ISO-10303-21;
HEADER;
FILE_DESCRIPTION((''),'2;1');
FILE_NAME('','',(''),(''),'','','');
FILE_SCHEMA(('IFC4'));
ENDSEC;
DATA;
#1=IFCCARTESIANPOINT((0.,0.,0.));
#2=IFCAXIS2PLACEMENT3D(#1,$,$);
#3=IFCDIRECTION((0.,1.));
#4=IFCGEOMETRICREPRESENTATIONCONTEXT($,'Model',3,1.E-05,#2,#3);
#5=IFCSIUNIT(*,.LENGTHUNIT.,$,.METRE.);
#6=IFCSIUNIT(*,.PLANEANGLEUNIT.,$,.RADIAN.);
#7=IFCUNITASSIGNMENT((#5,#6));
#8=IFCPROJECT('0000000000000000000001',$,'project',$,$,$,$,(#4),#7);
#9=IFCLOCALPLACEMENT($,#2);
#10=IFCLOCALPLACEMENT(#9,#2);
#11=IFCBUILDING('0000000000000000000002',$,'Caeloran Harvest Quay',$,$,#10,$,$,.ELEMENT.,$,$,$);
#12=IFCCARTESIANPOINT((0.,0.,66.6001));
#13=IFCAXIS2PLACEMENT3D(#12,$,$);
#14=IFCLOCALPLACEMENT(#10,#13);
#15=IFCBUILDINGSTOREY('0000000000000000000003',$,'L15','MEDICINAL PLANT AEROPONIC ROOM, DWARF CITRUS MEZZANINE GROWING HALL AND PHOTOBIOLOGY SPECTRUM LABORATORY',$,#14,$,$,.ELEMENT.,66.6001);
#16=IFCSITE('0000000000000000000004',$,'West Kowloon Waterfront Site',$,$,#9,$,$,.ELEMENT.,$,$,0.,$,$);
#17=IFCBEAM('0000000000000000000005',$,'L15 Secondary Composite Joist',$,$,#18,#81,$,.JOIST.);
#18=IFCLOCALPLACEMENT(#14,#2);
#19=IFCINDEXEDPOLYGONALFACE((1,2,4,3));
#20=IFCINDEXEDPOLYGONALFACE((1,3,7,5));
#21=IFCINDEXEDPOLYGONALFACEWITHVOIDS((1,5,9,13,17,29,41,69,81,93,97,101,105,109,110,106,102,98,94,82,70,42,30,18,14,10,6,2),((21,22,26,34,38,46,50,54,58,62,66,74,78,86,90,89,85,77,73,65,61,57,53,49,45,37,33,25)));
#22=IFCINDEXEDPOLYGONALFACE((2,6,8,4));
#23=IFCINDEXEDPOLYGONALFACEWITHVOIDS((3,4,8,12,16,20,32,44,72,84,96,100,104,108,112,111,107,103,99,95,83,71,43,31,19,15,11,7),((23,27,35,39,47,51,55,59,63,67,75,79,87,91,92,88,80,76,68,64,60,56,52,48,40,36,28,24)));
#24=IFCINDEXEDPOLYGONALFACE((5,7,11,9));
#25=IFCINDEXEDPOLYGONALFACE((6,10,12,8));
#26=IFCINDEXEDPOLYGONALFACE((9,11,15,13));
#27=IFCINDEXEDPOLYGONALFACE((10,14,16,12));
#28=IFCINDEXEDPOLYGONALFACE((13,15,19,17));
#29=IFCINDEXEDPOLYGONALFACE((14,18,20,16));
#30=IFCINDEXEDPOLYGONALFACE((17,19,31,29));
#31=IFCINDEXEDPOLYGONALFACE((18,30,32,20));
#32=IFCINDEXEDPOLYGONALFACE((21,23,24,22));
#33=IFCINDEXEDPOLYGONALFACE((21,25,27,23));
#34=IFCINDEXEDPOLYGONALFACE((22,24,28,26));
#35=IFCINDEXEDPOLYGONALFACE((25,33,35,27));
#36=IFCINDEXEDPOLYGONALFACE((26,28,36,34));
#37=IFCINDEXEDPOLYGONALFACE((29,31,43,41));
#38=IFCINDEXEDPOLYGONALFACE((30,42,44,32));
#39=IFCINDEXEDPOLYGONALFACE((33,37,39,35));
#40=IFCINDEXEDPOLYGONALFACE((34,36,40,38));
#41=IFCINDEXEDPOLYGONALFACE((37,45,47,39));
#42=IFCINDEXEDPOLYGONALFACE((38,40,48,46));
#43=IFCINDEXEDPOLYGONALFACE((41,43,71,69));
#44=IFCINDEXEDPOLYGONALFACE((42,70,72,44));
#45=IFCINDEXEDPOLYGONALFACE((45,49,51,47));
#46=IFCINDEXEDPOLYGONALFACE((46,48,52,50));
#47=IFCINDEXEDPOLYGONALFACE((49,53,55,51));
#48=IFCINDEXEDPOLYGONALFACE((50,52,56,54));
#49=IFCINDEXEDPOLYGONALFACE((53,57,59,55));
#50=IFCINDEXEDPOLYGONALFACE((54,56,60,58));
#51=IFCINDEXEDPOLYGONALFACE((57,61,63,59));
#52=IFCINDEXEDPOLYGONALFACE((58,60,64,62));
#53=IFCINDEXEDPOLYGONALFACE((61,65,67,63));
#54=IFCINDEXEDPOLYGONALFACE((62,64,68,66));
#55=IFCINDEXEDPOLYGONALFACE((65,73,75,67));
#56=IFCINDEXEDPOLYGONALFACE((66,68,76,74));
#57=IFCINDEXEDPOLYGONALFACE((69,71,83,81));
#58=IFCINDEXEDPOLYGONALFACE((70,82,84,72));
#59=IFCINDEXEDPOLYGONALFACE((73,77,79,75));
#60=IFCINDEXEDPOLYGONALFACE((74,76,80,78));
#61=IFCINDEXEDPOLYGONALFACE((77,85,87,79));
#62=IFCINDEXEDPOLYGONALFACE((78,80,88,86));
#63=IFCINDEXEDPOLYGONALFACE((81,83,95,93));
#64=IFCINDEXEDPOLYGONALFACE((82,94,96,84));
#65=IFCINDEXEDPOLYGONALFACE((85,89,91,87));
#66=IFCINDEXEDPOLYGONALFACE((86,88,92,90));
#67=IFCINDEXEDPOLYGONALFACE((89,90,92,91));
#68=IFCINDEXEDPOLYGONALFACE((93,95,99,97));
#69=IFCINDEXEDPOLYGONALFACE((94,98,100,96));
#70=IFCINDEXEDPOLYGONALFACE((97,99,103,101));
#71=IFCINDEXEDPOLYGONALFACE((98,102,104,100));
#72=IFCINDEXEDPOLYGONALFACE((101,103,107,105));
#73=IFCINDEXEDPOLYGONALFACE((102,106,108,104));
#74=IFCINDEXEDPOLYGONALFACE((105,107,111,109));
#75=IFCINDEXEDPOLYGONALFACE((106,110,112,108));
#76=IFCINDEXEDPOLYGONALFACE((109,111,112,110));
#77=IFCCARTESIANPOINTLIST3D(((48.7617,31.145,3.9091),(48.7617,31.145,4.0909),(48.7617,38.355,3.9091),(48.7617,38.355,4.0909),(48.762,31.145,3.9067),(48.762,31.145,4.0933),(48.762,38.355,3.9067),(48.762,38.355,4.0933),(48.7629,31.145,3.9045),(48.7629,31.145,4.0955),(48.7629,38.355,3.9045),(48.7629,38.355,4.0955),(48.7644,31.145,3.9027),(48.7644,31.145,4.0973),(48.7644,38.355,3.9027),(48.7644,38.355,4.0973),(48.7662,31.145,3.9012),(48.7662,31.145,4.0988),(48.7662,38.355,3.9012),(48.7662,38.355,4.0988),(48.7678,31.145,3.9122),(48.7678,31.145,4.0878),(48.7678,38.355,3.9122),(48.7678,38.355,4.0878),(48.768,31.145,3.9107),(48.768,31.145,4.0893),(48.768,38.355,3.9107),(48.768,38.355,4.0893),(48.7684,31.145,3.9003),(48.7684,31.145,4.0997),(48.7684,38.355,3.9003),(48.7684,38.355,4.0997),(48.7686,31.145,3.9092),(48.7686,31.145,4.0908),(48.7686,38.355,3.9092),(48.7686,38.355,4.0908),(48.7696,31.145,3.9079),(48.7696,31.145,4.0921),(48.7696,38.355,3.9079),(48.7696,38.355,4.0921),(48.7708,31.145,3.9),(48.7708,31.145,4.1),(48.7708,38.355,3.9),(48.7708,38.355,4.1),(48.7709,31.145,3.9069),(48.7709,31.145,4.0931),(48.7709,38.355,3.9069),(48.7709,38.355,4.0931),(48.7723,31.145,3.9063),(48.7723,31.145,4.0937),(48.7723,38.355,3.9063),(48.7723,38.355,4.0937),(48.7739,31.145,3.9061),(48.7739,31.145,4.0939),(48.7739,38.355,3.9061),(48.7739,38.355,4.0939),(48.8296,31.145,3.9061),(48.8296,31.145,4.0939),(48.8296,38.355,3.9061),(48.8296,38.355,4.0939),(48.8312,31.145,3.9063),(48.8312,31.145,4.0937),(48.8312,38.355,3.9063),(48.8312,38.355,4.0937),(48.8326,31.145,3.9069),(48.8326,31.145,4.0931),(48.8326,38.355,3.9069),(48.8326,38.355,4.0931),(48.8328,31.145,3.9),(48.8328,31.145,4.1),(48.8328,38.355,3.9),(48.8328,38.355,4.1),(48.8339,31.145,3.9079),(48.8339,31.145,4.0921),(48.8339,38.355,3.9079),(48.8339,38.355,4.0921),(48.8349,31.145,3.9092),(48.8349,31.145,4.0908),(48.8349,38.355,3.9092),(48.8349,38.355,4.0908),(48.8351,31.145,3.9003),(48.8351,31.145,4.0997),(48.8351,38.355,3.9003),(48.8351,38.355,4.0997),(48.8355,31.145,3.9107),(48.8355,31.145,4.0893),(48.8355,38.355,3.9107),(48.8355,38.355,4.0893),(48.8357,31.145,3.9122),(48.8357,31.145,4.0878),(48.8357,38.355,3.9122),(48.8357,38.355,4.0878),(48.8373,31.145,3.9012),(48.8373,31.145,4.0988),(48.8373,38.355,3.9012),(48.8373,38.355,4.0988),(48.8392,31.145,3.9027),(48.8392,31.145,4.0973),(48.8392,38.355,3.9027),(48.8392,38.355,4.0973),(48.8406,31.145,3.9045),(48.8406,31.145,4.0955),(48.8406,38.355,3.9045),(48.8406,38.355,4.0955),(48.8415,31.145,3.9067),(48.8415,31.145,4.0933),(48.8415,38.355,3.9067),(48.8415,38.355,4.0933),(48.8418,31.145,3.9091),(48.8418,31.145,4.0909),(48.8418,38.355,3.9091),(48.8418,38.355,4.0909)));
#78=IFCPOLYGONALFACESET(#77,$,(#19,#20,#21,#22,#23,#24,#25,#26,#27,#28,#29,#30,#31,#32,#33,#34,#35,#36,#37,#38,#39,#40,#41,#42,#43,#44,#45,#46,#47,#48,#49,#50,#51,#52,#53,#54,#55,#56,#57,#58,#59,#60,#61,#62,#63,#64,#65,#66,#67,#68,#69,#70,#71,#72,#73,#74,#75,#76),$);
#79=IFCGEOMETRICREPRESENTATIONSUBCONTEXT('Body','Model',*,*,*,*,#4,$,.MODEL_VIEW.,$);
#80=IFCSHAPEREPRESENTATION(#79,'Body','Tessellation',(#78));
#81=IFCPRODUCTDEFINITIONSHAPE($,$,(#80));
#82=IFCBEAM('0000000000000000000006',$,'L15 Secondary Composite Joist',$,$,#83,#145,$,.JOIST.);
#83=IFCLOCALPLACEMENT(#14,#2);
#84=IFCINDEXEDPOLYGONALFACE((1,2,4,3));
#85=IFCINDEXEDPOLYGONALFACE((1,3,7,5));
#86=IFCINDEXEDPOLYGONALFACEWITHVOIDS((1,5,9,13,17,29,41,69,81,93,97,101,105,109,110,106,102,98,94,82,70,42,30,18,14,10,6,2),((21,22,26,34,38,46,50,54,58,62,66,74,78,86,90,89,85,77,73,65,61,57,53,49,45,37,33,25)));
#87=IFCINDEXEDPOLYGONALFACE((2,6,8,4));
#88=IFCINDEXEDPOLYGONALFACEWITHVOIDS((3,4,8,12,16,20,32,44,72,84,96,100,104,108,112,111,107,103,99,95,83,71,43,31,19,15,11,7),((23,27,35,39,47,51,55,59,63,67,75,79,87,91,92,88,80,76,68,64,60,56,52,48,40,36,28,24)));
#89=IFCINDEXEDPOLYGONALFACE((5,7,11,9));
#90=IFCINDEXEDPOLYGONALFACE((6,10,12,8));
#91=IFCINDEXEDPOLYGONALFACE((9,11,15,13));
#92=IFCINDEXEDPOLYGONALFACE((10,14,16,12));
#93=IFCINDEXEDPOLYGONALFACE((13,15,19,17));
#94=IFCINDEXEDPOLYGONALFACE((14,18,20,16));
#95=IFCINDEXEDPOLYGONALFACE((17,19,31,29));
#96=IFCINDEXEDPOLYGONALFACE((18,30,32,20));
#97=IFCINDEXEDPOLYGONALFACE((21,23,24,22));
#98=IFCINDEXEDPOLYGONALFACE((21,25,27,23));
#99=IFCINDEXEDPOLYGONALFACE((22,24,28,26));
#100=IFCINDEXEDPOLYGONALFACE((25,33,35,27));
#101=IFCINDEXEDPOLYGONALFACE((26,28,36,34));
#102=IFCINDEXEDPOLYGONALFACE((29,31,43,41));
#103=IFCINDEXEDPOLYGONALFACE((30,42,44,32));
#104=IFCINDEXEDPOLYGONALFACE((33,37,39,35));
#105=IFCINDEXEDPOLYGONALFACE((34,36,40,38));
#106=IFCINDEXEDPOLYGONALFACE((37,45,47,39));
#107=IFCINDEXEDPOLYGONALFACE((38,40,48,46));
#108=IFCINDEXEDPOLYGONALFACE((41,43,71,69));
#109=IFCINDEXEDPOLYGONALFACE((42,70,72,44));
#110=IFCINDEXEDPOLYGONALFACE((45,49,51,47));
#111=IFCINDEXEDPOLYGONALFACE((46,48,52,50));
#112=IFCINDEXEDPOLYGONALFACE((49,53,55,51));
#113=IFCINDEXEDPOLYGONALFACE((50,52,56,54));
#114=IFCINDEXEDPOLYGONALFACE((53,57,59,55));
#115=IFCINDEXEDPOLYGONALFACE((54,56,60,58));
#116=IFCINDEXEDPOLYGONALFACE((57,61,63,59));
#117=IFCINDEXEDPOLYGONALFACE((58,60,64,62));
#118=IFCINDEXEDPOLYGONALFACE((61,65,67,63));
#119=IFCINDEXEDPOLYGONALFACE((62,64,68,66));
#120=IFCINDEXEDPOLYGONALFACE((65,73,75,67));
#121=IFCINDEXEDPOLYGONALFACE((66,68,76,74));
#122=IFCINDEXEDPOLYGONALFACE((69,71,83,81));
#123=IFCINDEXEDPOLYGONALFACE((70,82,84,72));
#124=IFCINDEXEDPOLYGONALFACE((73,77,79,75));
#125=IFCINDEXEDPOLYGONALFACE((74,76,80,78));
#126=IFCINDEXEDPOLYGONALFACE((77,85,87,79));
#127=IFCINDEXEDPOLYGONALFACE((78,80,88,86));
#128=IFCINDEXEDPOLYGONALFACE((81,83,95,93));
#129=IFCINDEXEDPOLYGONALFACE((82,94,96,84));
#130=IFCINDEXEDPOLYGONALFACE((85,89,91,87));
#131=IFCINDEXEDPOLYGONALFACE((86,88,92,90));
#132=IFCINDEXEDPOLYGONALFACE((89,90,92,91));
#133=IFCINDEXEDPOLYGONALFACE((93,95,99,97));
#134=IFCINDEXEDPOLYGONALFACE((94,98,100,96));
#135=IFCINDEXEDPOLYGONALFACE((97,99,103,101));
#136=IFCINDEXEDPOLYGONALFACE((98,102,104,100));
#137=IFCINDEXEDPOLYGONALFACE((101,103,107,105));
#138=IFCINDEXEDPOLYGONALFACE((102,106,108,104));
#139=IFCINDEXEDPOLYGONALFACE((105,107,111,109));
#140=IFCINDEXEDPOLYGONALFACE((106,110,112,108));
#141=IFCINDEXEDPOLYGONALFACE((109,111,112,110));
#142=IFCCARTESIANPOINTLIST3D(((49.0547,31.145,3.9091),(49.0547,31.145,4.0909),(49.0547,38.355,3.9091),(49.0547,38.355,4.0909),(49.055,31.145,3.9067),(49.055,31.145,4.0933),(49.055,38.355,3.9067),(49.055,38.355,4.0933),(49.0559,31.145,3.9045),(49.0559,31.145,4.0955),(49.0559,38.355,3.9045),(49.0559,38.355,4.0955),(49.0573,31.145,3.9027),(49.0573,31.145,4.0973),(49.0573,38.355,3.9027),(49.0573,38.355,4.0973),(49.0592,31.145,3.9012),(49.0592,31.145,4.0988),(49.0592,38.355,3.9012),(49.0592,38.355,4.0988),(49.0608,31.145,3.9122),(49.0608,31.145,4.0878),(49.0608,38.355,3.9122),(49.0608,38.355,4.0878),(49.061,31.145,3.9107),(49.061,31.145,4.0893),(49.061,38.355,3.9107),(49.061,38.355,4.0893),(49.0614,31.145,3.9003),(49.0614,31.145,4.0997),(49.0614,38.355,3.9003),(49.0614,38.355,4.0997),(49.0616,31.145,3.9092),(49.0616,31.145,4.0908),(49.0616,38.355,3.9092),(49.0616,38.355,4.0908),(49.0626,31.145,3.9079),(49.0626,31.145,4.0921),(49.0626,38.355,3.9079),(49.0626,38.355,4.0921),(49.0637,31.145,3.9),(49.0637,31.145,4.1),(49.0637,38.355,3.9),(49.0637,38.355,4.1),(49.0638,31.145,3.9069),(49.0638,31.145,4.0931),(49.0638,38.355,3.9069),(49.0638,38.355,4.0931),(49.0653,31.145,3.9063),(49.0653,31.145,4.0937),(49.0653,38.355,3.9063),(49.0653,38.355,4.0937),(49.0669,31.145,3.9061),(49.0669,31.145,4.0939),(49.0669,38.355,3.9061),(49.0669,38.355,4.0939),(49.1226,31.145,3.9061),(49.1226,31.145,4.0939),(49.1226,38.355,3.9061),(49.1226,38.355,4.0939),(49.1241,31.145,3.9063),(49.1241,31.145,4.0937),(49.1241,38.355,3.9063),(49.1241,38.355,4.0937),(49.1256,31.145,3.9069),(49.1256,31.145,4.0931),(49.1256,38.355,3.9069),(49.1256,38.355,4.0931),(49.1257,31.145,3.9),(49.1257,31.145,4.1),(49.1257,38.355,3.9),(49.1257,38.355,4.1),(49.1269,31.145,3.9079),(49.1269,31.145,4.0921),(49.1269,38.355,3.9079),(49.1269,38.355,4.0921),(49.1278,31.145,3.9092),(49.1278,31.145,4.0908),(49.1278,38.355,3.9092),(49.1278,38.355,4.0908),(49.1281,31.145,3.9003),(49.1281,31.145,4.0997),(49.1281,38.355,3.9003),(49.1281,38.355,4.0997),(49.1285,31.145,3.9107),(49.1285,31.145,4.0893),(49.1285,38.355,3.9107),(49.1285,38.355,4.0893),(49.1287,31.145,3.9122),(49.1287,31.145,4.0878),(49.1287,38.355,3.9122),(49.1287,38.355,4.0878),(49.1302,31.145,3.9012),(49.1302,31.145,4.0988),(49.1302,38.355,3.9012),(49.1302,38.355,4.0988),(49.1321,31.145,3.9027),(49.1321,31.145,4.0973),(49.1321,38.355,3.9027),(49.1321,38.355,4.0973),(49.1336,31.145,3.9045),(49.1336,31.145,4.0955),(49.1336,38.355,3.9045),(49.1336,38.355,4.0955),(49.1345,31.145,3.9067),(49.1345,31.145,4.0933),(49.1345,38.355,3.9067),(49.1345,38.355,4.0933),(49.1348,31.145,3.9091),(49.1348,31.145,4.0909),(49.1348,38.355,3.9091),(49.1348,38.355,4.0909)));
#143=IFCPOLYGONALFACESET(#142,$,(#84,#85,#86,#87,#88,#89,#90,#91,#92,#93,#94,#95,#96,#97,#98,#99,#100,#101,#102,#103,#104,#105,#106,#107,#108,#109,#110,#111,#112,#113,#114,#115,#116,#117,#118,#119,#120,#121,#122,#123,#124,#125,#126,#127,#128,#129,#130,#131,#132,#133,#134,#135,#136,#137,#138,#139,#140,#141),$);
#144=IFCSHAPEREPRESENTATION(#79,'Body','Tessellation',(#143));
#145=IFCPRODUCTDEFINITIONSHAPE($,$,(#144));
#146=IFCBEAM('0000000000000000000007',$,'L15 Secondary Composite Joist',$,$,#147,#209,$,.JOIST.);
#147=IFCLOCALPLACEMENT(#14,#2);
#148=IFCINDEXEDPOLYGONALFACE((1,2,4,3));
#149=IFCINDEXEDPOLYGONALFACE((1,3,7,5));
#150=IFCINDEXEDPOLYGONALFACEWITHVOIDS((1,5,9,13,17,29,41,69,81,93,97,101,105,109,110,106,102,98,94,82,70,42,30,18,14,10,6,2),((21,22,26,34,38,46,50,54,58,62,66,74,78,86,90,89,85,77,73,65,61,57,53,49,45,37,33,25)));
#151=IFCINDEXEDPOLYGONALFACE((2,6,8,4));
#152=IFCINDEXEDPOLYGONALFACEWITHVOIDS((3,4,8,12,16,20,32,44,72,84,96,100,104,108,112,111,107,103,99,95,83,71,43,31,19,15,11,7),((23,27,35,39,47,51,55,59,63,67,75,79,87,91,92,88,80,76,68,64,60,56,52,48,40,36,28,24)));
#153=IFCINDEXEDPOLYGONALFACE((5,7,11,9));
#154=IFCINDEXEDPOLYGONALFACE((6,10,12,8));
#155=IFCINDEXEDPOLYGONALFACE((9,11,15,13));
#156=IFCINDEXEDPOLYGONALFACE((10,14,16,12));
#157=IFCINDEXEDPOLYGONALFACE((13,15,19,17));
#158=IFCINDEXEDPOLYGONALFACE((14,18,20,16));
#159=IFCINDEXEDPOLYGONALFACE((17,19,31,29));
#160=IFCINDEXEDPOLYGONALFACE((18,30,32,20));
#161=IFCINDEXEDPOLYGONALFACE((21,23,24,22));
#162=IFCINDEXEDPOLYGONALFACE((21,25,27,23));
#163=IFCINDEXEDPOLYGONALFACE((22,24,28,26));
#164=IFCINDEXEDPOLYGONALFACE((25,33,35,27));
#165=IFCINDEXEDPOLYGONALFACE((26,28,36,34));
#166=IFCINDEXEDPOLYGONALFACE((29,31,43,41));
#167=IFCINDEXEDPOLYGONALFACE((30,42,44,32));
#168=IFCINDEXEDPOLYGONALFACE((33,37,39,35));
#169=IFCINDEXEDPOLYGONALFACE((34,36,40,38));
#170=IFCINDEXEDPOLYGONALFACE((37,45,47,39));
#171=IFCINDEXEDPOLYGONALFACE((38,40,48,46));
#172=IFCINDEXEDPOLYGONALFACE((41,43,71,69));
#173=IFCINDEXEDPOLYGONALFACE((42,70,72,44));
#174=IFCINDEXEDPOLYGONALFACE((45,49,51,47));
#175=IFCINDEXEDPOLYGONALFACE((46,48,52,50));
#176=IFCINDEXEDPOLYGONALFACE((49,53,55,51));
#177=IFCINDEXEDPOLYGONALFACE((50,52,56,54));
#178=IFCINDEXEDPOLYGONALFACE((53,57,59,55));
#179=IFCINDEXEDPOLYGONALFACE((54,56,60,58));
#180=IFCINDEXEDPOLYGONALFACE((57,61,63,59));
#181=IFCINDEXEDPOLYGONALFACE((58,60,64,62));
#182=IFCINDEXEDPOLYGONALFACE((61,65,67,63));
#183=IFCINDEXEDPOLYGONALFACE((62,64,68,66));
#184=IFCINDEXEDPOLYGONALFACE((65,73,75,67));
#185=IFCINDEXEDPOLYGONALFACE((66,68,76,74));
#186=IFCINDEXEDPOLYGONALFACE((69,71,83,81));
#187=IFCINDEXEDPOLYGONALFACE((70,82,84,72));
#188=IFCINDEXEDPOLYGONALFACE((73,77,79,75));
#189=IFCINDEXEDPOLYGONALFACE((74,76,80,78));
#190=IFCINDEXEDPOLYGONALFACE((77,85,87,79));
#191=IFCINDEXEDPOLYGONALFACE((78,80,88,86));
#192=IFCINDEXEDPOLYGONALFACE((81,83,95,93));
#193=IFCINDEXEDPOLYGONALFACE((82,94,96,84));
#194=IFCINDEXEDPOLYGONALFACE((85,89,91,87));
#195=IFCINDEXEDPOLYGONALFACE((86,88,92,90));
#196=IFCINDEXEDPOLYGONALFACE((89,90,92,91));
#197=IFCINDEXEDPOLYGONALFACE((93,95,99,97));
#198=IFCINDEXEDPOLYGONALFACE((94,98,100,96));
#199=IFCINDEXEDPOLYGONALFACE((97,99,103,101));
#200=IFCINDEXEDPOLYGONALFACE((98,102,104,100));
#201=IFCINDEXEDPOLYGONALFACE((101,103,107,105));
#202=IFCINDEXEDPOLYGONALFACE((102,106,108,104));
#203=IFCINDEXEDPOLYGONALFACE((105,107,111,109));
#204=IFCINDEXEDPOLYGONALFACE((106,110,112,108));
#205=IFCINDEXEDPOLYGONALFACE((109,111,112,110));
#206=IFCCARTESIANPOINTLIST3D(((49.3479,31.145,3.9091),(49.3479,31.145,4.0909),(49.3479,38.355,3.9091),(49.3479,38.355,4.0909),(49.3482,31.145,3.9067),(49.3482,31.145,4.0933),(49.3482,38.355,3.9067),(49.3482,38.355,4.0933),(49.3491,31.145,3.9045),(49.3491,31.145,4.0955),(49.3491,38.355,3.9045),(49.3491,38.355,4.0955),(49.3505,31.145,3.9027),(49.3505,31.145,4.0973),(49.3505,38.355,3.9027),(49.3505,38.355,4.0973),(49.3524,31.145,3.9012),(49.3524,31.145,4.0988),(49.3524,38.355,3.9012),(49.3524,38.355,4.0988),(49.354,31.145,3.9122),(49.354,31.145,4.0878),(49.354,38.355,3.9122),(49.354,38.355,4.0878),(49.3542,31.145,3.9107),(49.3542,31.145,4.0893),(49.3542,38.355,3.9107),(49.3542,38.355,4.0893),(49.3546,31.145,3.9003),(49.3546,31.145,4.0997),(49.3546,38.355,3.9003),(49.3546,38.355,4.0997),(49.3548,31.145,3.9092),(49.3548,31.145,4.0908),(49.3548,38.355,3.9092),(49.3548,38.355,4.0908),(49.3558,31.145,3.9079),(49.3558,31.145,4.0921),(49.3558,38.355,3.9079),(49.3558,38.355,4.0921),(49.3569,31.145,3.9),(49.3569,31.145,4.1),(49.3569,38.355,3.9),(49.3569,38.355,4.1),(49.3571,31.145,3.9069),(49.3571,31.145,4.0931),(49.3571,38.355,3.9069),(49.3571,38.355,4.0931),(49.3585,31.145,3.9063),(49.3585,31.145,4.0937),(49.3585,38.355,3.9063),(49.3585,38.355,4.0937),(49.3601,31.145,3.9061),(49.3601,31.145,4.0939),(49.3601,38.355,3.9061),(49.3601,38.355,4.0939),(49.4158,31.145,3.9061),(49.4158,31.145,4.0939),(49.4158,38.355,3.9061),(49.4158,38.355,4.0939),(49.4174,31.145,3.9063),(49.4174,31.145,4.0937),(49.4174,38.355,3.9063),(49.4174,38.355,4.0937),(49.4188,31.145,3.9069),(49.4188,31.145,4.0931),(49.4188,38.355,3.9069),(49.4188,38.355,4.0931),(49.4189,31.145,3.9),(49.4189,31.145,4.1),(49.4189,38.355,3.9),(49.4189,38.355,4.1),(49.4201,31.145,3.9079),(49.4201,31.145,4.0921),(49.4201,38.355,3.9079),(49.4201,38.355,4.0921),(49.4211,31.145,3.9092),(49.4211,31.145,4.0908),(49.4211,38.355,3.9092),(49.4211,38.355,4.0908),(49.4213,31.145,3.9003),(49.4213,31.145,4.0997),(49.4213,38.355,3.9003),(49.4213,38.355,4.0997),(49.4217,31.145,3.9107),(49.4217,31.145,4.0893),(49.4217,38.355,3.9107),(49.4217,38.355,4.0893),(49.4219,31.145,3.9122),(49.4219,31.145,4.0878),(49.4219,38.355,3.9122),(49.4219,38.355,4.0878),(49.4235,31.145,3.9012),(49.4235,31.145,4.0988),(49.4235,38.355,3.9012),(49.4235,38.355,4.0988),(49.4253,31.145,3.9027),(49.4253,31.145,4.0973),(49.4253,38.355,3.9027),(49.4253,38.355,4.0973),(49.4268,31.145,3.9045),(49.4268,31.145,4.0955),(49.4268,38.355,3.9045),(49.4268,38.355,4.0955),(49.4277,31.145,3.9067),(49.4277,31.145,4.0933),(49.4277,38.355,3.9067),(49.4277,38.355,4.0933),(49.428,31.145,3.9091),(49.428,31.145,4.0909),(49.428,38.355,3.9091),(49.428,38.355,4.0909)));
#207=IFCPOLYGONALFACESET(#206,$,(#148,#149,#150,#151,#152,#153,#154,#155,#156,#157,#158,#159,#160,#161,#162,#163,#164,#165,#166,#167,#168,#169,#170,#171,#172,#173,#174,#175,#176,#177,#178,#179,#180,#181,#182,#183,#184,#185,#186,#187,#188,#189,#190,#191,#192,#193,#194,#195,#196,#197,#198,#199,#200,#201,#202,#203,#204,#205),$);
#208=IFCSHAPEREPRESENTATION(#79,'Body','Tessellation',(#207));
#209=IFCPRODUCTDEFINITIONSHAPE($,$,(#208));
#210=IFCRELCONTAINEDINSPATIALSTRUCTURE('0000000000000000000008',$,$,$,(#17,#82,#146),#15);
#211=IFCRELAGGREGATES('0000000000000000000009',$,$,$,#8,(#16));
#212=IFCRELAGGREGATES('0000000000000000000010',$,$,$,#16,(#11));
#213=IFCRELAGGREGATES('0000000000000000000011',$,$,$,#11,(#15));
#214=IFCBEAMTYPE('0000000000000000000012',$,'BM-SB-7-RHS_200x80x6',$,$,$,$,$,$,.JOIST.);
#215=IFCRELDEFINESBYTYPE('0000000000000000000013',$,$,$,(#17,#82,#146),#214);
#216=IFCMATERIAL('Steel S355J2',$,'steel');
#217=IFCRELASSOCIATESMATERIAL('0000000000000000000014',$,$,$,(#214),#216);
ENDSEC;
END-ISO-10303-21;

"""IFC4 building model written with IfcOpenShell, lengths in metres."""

from ifc_helpers import new_model, si_unit, direction, frame, origin, origin_2d, place, context, subcontext, project, spatial, hollow_rectangle, extrude, material, material_profile, profile_set, type_object, element, save


model = new_model("IFC4")

# Units and contexts
model_context = context("Model", 3, precision=1e-05, world=origin(), true_north=direction((0.0, 1.0)))
body_context = subcontext(model_context, "Body", "Model", "MODEL_VIEW")
ifc_project = project(units=[si_unit("LENGTHUNIT", "METRE"), si_unit("PLANEANGLEUNIT", "RADIAN")], contexts=[model_context])

# Site, building, storey
site_placement = place(None, origin())
site = spatial("IfcSite", under=ifc_project, at=site_placement, Name="West Kowloon Waterfront Site", CompositionType="ELEMENT", RefElevation=0.0)
building_placement = place(site_placement, origin())
building = spatial("IfcBuilding", under=site, at=building_placement, Name="Caeloran Harvest Quay", CompositionType="ELEMENT")
storey_placement = place(building_placement, frame((0.0, 0.0, 66.6001)))
storey = spatial("IfcBuildingStorey", under=building, at=storey_placement, Name="L15", Description="MEDICINAL PLANT AEROPONIC ROOM, DWARF CITRUS MEZZANINE GROWING HALL AND PHOTOBIOLOGY SPECTRUM LABORATORY", CompositionType="ELEMENT", Elevation=66.6001)

# Beams
ifc_material_1 = material(Name="Steel S355J2", Category="steel")
ifc_material_profile_1 = material_profile(ifc_material_1, hollow_rectangle(XDim=0.0801, YDim=0.2, WallThickness=0.0061, InnerFilletRadius=0.0061, OuterFilletRadius=0.009, at=origin_2d()), Name="RHS 200x80x6")
ifc_profile_set_1 = profile_set([ifc_material_profile_1], Name="Steel S355J2")
beam_type_1 = type_object("IfcBeamType", Name="BM-SB-7-RHS_200x80x6", PredefinedType="JOIST", material=ifc_profile_set_1)
for number, where, z_axis, x_axis, name in (
    (1, (48.8018, 31.145, 4.0), (0.0, 1.0, 0.0), (-1.0, 0.0, 0.0), "L15 Secondary Composite Joist"),
    (2, (49.0947, 31.145, 4.0), (0.0, 1.0, 0.0), (-1.0, 0.0, 0.0), "L15 Secondary Composite Joist"),
    (3, (49.3879, 31.145, 4.0), (0.0, 1.0, 0.0), (-1.0, 0.0, 0.0), "L15 Secondary Composite Joist"),
):
    element("IfcBeam", number, at=place(storey_placement, frame(where, z_axis=z_axis, x_axis=x_axis)), inside=storey, type_object=beam_type_1, Name=name, PredefinedType="JOIST", context=body_context, shape_type="SweptSolid", body=[
        extrude(hollow_rectangle(XDim=0.0801, YDim=0.2, WallThickness=0.0061, InnerFilletRadius=0.0061, OuterFilletRadius=0.009, at=origin_2d()), origin(), (0.0, 0.0, 1.0), 7.21),
    ])

save(model, "model.ifc")
